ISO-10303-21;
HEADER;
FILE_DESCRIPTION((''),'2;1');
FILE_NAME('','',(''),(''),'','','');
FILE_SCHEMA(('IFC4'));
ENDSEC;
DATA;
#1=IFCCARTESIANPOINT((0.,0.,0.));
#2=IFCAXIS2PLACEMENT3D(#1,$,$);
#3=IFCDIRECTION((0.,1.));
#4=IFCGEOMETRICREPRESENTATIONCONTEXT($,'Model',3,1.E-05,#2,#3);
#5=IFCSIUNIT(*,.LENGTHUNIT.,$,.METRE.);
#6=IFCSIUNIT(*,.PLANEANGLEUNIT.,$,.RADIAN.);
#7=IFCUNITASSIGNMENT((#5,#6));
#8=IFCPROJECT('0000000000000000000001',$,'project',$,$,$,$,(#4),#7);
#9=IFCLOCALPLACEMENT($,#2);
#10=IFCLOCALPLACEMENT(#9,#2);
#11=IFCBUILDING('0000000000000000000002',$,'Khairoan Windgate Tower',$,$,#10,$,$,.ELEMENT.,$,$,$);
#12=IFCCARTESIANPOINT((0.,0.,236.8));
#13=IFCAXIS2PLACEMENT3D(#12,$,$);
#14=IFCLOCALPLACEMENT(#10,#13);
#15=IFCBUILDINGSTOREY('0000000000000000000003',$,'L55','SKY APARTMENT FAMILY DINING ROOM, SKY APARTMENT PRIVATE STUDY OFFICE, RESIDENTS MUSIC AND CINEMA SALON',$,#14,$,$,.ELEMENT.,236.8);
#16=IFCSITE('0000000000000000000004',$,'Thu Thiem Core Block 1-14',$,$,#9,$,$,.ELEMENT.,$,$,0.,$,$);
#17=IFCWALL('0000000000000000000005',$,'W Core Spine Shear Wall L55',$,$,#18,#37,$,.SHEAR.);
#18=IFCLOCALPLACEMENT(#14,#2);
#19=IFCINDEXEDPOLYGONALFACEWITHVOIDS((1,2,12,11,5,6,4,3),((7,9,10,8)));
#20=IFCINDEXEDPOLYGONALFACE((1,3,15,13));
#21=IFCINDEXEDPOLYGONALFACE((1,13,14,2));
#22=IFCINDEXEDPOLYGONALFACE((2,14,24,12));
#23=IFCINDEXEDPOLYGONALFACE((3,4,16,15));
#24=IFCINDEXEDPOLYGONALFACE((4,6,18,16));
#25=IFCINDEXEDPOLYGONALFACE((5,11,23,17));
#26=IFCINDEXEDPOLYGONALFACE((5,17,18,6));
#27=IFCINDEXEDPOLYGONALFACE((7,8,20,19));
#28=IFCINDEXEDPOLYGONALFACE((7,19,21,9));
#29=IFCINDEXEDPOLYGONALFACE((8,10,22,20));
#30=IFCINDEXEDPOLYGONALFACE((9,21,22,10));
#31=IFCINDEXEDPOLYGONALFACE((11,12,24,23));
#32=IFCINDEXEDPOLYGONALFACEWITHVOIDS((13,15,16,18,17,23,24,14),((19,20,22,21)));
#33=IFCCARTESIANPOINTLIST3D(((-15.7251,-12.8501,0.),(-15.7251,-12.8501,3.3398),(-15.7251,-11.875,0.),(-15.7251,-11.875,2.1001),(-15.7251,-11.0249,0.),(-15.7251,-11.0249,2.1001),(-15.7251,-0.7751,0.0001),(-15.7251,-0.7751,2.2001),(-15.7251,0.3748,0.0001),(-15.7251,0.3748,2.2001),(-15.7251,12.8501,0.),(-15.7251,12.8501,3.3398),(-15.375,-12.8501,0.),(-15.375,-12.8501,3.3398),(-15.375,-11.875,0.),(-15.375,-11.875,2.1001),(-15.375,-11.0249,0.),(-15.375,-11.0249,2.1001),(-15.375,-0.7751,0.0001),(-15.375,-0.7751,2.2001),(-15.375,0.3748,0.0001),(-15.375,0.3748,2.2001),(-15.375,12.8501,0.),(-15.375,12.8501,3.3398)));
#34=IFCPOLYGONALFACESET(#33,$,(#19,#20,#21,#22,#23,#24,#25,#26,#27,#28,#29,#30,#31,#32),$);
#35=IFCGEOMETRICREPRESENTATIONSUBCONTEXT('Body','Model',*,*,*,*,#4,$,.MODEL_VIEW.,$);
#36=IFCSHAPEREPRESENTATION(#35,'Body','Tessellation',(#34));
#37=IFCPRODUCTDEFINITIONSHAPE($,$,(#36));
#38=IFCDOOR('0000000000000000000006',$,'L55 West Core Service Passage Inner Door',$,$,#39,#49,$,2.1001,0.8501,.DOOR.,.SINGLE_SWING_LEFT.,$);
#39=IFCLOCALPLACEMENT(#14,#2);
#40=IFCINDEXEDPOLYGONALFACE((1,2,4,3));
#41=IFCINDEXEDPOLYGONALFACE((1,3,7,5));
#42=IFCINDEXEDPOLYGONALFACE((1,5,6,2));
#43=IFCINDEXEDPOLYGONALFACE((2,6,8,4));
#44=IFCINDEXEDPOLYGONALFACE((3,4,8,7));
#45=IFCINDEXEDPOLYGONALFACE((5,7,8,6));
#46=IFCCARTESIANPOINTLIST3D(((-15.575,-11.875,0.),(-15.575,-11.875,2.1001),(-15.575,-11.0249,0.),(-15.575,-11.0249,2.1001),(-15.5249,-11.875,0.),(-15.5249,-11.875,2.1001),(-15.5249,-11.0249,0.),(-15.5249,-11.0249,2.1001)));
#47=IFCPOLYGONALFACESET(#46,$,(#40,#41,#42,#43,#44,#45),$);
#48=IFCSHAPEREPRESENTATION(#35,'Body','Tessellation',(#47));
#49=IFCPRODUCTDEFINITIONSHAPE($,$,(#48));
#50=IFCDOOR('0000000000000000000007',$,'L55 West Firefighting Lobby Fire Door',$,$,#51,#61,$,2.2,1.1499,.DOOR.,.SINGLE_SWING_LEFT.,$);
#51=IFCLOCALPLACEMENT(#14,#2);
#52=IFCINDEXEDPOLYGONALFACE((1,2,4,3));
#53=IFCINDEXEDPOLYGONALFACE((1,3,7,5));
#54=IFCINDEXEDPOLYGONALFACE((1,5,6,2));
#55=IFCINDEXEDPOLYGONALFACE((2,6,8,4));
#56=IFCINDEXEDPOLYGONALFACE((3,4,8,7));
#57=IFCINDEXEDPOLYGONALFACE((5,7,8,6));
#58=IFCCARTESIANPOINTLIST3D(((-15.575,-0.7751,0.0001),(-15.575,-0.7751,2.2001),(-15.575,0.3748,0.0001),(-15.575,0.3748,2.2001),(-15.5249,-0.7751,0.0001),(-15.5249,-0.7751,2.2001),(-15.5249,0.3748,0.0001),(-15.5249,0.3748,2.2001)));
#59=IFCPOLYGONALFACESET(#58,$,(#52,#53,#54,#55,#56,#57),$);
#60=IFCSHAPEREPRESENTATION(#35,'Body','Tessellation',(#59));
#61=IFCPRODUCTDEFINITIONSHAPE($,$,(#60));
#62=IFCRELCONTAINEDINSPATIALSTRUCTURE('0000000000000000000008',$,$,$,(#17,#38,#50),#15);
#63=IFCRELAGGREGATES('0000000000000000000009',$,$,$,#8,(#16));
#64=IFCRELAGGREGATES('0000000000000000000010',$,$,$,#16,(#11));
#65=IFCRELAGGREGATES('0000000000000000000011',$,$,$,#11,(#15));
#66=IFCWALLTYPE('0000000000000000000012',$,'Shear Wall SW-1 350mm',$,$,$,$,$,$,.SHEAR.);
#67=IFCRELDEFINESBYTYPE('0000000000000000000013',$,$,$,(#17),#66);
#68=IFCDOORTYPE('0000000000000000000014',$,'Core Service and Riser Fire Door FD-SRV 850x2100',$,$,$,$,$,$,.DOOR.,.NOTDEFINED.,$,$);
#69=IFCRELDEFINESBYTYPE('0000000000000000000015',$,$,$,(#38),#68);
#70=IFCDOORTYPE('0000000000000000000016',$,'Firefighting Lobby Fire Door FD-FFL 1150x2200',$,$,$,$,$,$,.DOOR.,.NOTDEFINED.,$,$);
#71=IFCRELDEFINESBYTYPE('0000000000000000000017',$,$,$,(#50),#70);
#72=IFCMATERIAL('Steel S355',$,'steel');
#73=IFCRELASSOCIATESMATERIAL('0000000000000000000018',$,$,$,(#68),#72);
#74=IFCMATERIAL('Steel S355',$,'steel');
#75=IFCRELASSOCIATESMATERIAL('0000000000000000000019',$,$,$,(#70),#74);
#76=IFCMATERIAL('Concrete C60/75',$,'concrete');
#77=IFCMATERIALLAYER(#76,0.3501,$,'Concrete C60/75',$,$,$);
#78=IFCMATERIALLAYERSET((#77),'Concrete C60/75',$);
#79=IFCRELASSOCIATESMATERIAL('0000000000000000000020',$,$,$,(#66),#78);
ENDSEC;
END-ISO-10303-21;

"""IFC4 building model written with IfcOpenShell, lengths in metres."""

from ifc_helpers import new_model, si_unit, direction, frame, frame_2d, origin, place, context, subcontext, project, spatial, rectangle, extrude, material, layer, layer_set, type_object, element, fill, save


model = new_model("IFC4")

# Units and contexts
model_context = context("Model", 3, precision=1e-05, world=origin(), true_north=direction((0.0, 1.0)))
body_context = subcontext(model_context, "Body", "Model", "MODEL_VIEW")
ifc_project = project(units=[si_unit("LENGTHUNIT", "METRE"), si_unit("PLANEANGLEUNIT", "RADIAN")], contexts=[model_context])

# Site, building, storey
site_placement = place(None, origin())
site = spatial("IfcSite", under=ifc_project, at=site_placement, Name="Thu Thiem Core Block 1-14", CompositionType="ELEMENT", RefElevation=0.0)
building_placement = place(site_placement, origin())
building = spatial("IfcBuilding", under=site, at=building_placement, Name="Khairoan Windgate Tower", CompositionType="ELEMENT")
storey_placement = place(building_placement, frame((0.0, 0.0, 236.8)))
storey = spatial("IfcBuildingStorey", under=building, at=storey_placement, Name="L55", Description="SKY APARTMENT FAMILY DINING ROOM, SKY APARTMENT PRIVATE STUDY OFFICE, RESIDENTS MUSIC AND CINEMA SALON", CompositionType="ELEMENT", Elevation=236.8)

# Shared definitions
ifc_material_1 = material(Name="Steel S355", Category="steel")
door_type_1 = type_object("IfcDoorType", Name="Core Service and Riser Fire Door FD-SRV 850x2100", OperationType="NOTDEFINED", PredefinedType="DOOR", material=ifc_material_1)

# Wall, openings, doors
ifc_material_2 = material(Name="Steel S355", Category="steel")
door_type_2 = type_object("IfcDoorType", Name="Firefighting Lobby Fire Door FD-FFL 1150x2200", OperationType="NOTDEFINED", PredefinedType="DOOR", material=ifc_material_2)
ifc_material_3 = material(Name="Concrete C60/75", Category="concrete")
ifc_layer_1 = layer(ifc_material_3, 0.3501, Name="Concrete C60/75")
ifc_layer_set_1 = layer_set([ifc_layer_1], Name="Concrete C60/75")
wall_type_1 = type_object("IfcWallType", Name="Shear Wall SW-1 350mm", PredefinedType="SHEAR", material=ifc_layer_set_1)
wall_1_placement = place(storey_placement, frame((-15.55, -12.8501, 0.0), z_axis=(0.0, 0.0, 1.0), x_axis=(0.0, 1.0, 0.0)))
wall_1 = element("IfcWall", 1, at=wall_1_placement, inside=storey, type_object=wall_type_1, Name="W Core Spine Shear Wall L55", PredefinedType="SHEAR", context=body_context, shape_type="SweptSolid", body=[
    extrude(rectangle(XDim=25.7002, YDim=0.3501, at=frame_2d((12.8501, 0.0))), origin(), (0.0, 0.0, 1.0), 3.3398),
])
opening_1_placement = place(wall_1_placement, frame((12.075, 0.0, 0.0)))
opening_1 = element("IfcOpeningElement", 2, at=opening_1_placement, cuts=wall_1, PredefinedType="OPENING", context=body_context, shape_type="SweptSolid", body=[
    extrude(rectangle(XDim=1.1499, YDim=2.2, at=frame_2d((0.575, 1.1001))), frame((0.0, 0.1851, 0.0), z_axis=(0.0, -1.0, 0.0), x_axis=(1.0, 0.0, 0.0)), (0.0, 0.0, 1.0), 0.3701),
])
opening_2_placement = place(wall_1_placement, frame((0.9751, 0.0, 0.0)))
opening_2 = element("IfcOpeningElement", 3, at=opening_2_placement, cuts=wall_1, PredefinedType="OPENING", context=body_context, shape_type="SweptSolid", body=[
    extrude(rectangle(XDim=0.8501, YDim=2.1001, at=frame_2d((0.425, 1.05))), frame((0.0, 0.1851, 0.0), z_axis=(0.0, -1.0, 0.0), x_axis=(1.0, 0.0, 0.0)), (0.0, 0.0, 1.0), 0.3701),
])
door_1_placement = place(opening_2_placement, origin())
door_1 = element("IfcDoor", 4, at=door_1_placement, inside=storey, type_object=door_type_1, Name="L55 West Core Service Passage Inner Door", OperationType="SINGLE_SWING_LEFT", OverallHeight=2.1001, OverallWidth=0.8501, PredefinedType="DOOR", context=body_context, shape_type="SweptSolid", body=[
    extrude(rectangle(XDim=0.8501, YDim=2.1001, at=frame_2d((0.425, 1.05))), frame((0.0, 0.0249, 0.0), z_axis=(0.0, -1.0, 0.0), x_axis=(1.0, 0.0, 0.0)), (0.0, 0.0, 1.0), 0.05),
])
fill(opening_2, door_1)
door_2_placement = place(opening_1_placement, origin())
door_2 = element("IfcDoor", 5, at=door_2_placement, inside=storey, type_object=door_type_2, Name="L55 West Firefighting Lobby Fire Door", OperationType="SINGLE_SWING_LEFT", OverallHeight=2.2, OverallWidth=1.1499, PredefinedType="DOOR", context=body_context, shape_type="SweptSolid", body=[
    extrude(rectangle(XDim=1.1499, YDim=2.2, at=frame_2d((0.575, 1.1001))), frame((0.0, 0.0249, 0.0), z_axis=(0.0, -1.0, 0.0), x_axis=(1.0, 0.0, 0.0)), (0.0, 0.0, 1.0), 0.05),
])
fill(opening_1, door_2)

save(model, "model.ifc")
